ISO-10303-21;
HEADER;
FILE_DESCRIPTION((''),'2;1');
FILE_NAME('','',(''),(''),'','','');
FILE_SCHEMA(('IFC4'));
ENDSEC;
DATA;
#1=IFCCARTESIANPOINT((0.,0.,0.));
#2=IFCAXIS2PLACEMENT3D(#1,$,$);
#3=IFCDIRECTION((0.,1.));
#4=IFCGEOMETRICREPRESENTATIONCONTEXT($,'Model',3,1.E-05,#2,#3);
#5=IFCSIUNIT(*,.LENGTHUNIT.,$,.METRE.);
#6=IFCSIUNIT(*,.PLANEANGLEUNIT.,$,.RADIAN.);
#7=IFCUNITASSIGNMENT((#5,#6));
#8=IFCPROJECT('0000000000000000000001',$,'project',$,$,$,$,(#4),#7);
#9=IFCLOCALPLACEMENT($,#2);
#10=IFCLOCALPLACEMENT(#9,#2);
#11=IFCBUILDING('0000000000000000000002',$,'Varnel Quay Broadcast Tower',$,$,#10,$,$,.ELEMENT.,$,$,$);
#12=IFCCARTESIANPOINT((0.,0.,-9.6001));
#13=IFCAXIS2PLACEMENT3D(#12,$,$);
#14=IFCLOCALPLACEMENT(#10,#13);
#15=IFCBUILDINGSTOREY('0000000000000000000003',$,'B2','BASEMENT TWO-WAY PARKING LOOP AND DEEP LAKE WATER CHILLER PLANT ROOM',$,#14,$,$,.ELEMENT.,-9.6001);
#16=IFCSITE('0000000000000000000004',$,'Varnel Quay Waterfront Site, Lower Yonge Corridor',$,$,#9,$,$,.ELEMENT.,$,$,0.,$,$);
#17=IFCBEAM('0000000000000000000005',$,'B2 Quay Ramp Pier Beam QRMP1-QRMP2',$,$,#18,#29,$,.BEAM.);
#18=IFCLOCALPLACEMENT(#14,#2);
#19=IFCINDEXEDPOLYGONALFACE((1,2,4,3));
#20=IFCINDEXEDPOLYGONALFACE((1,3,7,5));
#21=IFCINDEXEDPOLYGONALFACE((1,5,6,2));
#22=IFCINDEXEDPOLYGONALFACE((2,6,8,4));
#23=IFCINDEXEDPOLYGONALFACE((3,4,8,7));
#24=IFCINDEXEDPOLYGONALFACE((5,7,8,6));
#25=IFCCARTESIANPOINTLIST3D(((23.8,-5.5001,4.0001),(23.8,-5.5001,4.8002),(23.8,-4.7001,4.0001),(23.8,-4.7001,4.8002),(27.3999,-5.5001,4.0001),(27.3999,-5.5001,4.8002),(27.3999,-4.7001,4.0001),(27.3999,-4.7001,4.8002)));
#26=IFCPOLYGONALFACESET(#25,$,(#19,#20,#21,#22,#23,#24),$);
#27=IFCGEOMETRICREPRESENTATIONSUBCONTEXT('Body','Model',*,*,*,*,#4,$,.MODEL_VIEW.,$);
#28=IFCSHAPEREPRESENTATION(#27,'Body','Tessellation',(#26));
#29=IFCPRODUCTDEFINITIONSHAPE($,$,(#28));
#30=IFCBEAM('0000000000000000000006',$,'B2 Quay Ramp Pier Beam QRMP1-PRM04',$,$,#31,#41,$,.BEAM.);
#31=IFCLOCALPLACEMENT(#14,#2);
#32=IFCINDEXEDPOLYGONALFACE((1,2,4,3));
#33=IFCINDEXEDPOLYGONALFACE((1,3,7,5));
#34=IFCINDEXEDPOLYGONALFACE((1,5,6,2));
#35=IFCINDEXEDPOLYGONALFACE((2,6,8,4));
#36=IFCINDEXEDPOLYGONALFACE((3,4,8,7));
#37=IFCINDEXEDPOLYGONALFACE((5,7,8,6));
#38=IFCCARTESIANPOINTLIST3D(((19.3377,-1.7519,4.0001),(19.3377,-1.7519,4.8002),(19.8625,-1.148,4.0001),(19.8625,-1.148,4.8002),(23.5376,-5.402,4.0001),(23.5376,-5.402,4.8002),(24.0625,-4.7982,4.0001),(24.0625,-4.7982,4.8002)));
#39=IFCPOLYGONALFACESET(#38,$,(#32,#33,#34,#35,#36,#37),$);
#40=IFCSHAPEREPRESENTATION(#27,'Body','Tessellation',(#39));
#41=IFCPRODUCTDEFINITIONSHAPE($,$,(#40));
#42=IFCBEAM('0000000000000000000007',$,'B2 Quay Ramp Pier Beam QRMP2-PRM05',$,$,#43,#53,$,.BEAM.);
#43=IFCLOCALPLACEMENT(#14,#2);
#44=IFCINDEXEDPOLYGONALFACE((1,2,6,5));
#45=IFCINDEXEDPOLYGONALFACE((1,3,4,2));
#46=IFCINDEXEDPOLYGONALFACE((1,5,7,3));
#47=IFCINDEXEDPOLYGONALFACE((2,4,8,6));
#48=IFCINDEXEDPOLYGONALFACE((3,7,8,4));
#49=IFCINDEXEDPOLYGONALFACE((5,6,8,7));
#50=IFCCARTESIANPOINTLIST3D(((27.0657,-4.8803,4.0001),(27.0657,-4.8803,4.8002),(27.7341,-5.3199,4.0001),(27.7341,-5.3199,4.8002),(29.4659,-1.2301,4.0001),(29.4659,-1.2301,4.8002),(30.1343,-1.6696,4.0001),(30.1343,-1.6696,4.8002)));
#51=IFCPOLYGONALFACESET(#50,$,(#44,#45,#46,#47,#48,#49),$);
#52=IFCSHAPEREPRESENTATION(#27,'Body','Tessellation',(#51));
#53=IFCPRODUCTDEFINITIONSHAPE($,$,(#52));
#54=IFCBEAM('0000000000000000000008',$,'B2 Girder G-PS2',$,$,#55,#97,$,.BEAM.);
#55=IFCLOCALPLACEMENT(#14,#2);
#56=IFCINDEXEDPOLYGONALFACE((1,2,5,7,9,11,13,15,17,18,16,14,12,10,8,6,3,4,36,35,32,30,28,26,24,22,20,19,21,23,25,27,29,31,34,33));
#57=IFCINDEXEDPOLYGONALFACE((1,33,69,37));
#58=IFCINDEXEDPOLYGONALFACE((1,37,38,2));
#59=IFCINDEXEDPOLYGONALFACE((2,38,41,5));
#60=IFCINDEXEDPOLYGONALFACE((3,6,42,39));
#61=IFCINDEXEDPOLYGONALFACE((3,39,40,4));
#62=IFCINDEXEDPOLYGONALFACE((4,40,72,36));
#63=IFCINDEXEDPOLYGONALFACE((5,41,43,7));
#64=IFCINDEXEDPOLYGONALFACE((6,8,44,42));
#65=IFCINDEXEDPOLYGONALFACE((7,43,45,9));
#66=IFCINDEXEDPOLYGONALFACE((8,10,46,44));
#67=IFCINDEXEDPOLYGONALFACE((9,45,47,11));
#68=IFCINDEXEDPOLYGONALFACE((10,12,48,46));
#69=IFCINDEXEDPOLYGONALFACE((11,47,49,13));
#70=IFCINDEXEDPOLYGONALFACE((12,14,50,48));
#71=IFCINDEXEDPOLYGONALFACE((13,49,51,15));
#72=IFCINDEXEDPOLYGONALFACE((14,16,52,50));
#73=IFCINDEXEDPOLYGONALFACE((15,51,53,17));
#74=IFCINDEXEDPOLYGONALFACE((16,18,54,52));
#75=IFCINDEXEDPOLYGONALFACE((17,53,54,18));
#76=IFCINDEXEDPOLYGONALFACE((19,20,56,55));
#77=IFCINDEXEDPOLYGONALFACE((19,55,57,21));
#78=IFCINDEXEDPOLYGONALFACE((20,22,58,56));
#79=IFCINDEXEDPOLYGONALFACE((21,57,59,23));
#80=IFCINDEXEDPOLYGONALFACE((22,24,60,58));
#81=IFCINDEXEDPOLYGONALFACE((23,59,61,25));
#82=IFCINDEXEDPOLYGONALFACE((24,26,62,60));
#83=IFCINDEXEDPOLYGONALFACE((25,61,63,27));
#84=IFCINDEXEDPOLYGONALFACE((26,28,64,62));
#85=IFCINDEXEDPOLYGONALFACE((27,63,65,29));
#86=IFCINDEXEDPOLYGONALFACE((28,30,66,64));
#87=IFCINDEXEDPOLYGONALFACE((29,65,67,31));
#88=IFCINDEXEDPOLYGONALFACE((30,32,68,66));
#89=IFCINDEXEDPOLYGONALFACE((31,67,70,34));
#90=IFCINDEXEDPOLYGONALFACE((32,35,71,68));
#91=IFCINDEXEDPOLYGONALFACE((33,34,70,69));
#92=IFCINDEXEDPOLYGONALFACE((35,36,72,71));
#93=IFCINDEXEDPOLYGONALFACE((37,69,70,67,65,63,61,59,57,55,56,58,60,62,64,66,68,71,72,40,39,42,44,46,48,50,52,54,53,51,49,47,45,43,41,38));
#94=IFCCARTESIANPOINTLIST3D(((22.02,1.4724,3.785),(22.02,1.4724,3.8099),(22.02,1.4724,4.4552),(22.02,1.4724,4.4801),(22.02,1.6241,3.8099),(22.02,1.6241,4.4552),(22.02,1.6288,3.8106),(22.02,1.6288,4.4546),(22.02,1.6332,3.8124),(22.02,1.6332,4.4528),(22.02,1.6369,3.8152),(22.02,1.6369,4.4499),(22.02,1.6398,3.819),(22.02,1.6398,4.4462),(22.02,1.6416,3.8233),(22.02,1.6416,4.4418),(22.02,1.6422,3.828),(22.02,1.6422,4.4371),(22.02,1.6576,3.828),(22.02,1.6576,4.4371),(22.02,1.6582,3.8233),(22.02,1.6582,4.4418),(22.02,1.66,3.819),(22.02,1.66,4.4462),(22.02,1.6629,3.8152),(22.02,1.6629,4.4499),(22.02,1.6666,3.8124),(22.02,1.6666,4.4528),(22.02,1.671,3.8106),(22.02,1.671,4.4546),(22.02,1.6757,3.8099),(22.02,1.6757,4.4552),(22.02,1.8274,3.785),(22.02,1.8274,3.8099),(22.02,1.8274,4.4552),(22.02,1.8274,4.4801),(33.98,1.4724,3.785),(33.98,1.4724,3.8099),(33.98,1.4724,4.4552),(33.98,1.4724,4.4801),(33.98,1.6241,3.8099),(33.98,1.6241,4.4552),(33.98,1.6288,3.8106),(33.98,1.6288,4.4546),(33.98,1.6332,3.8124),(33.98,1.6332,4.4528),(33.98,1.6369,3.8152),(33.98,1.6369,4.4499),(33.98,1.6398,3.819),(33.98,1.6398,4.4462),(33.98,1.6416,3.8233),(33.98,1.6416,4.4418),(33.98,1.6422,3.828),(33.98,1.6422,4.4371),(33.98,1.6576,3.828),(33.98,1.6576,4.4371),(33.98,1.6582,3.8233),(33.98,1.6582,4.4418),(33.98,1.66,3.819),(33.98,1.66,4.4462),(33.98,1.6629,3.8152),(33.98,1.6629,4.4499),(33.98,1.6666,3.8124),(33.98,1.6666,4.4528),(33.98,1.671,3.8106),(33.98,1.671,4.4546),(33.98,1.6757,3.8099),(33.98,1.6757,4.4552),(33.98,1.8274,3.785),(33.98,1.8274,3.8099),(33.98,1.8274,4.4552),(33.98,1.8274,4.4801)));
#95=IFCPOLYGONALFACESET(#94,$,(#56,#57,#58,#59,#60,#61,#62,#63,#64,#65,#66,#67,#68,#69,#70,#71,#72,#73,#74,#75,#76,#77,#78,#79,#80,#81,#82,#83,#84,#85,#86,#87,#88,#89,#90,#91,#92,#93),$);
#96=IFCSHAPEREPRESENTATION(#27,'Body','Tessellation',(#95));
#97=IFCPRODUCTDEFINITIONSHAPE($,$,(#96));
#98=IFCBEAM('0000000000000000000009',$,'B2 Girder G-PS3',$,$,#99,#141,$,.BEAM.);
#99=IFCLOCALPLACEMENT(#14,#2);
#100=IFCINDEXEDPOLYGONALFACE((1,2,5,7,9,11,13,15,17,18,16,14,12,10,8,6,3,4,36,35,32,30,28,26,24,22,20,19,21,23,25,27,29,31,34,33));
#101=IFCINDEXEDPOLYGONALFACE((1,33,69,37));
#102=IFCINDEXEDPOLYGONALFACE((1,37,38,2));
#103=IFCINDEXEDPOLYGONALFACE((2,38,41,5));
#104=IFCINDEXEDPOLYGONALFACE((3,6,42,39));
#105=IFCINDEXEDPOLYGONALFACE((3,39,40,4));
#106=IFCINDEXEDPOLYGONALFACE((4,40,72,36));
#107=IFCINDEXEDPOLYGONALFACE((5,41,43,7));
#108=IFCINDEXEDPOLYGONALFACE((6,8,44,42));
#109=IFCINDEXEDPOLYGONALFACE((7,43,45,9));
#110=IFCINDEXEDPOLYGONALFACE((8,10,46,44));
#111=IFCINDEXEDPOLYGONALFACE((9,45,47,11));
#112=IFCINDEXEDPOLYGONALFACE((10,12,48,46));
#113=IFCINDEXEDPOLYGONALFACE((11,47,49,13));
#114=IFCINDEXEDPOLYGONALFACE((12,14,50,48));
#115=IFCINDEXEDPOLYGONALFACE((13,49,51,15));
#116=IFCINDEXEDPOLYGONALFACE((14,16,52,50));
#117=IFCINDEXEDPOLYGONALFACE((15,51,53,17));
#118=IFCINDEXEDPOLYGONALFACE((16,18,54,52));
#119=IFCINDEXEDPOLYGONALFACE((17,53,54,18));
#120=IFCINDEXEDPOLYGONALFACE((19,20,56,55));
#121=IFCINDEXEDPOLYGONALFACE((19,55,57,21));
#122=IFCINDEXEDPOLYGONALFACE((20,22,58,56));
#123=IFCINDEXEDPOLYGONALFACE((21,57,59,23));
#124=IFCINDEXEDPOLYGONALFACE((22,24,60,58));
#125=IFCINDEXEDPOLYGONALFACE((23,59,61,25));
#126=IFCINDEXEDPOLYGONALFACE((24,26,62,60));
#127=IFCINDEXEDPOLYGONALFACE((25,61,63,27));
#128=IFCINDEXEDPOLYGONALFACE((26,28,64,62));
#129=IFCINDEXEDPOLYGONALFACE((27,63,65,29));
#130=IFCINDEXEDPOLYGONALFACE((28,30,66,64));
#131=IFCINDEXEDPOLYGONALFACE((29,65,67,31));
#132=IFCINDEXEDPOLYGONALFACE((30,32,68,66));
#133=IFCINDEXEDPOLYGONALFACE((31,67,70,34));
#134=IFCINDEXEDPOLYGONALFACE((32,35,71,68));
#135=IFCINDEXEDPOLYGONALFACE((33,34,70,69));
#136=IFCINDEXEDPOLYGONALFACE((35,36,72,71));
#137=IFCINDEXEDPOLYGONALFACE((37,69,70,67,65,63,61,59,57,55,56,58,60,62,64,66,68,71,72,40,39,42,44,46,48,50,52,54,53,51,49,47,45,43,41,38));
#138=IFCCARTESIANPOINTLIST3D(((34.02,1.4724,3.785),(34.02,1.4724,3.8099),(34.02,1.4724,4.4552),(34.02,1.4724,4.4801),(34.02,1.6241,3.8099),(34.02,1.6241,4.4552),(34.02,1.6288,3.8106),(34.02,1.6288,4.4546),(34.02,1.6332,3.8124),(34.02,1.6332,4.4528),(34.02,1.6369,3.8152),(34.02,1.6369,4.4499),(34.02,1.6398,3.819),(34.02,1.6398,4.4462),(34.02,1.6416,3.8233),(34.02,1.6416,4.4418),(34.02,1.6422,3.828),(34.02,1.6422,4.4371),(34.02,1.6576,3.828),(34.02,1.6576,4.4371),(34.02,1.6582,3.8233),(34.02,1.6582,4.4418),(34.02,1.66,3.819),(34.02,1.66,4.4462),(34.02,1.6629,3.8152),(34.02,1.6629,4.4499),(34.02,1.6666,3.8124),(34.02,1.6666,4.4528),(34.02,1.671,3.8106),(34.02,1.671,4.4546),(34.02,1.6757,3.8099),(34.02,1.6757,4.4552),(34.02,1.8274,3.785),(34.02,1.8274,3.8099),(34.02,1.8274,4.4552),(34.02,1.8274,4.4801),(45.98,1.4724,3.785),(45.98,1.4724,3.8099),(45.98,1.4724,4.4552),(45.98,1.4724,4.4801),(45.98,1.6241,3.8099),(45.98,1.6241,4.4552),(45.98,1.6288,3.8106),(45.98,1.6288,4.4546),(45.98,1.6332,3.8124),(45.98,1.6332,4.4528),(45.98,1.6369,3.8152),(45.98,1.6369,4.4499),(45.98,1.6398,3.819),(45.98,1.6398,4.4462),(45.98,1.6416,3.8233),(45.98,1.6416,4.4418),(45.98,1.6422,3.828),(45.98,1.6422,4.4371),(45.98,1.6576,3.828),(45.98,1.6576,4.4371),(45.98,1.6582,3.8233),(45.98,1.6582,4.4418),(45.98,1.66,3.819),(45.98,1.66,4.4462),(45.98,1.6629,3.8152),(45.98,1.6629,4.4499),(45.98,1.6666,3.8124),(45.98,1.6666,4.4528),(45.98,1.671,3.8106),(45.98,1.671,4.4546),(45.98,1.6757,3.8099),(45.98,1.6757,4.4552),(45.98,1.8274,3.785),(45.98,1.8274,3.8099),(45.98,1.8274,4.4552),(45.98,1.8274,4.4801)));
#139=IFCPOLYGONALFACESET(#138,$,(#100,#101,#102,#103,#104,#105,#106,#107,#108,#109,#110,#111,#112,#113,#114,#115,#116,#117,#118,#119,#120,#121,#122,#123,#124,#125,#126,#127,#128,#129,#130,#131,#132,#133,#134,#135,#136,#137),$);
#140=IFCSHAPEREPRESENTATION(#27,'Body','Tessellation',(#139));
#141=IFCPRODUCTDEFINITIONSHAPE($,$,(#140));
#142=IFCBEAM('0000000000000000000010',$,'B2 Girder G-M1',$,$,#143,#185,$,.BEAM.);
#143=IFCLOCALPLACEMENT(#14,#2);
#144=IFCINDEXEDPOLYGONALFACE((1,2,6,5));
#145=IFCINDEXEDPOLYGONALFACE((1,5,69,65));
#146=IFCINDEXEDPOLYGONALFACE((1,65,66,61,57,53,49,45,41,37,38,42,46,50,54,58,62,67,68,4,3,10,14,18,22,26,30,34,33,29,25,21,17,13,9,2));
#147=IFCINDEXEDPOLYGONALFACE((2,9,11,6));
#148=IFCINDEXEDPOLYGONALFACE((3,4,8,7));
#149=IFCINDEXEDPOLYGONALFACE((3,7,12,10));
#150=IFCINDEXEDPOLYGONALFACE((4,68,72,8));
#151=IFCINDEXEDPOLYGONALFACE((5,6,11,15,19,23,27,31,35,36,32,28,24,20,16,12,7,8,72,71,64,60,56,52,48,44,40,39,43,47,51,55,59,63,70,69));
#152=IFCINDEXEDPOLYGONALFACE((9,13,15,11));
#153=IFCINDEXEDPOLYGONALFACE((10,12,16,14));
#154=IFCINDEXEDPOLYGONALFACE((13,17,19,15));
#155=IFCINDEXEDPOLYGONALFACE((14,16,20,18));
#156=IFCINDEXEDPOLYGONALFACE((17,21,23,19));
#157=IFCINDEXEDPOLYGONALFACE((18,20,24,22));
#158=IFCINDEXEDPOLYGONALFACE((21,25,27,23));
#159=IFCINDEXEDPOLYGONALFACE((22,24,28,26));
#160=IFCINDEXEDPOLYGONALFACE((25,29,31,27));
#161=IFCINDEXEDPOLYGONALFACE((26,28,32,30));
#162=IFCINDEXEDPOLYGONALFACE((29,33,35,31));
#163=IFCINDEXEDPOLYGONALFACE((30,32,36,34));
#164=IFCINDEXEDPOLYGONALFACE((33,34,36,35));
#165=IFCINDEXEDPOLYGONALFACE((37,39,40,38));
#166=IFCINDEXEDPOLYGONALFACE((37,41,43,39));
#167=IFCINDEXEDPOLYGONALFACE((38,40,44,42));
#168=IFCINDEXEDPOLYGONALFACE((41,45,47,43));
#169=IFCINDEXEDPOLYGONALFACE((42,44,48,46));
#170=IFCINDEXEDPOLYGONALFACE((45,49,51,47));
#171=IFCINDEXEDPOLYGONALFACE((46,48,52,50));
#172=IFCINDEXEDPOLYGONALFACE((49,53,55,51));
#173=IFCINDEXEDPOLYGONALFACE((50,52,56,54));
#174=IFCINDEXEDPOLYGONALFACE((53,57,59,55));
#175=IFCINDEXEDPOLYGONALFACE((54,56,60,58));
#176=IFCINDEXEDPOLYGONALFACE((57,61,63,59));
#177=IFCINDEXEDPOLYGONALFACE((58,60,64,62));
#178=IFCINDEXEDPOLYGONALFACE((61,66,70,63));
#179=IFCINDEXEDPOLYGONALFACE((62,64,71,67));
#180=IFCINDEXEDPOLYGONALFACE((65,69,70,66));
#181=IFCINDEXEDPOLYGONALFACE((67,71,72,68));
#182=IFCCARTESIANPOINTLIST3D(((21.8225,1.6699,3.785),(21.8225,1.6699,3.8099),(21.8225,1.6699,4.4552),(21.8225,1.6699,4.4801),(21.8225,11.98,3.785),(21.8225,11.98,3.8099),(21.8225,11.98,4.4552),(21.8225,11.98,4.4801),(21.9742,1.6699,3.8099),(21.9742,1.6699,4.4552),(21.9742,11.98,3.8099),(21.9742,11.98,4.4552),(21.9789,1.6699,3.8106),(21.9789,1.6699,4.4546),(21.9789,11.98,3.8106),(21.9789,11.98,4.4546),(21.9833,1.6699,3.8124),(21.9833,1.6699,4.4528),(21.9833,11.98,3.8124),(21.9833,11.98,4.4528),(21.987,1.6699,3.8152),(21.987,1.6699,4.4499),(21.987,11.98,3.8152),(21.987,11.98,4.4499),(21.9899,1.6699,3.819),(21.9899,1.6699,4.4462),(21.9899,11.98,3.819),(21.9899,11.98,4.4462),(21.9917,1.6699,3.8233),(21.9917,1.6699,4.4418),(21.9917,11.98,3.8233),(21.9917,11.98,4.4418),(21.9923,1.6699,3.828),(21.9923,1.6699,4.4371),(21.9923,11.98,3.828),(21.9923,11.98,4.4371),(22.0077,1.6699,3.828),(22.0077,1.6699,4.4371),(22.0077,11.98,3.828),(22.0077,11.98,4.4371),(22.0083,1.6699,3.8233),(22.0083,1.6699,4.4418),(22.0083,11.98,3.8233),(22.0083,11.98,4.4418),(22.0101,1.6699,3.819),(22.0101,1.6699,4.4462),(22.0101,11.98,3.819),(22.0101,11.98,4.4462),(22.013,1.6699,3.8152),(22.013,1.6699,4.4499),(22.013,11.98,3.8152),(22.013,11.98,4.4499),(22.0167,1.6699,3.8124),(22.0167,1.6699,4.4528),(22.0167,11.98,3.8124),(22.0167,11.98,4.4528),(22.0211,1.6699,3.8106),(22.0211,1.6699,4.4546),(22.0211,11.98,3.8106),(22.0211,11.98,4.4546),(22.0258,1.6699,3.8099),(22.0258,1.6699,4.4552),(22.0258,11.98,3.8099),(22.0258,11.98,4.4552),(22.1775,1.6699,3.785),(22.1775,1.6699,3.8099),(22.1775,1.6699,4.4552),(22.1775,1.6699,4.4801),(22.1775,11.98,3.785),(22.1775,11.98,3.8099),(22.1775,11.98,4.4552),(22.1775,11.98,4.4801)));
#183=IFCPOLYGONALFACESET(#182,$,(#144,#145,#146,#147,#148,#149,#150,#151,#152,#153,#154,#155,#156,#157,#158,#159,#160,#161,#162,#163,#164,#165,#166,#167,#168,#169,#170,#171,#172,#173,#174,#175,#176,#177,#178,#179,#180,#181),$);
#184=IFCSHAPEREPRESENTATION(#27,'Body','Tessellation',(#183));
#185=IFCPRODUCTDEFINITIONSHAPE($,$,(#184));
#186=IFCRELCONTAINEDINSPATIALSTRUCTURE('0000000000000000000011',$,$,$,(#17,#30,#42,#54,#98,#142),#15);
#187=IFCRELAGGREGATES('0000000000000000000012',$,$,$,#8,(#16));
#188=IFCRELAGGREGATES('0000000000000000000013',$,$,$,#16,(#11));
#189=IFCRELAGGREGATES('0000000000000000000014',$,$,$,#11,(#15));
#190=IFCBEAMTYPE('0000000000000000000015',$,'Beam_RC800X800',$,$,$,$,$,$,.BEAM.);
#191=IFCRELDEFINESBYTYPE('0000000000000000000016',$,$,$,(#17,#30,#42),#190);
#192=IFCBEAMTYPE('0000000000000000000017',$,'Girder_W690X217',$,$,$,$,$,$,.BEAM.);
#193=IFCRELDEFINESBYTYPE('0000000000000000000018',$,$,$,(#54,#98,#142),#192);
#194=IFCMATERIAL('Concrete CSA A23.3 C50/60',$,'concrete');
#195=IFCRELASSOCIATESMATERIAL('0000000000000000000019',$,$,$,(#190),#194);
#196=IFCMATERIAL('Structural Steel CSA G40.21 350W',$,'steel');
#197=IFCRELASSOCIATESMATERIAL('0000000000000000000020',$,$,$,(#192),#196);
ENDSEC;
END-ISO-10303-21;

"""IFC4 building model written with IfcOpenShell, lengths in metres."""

from ifc_helpers import new_model, si_unit, direction, frame, origin, origin_2d, place, context, subcontext, project, spatial, rectangle, i_section, extrude, source, transform, mapped, material, material_profile, profile_set, type_object, type_shapes, element, save


model = new_model("IFC4")

# Units and contexts
model_context = context("Model", 3, precision=1e-05, world=origin(), true_north=direction((0.0, 1.0)))
body_context = subcontext(model_context, "Body", "Model", "MODEL_VIEW")
ifc_project = project(units=[si_unit("LENGTHUNIT", "METRE"), si_unit("PLANEANGLEUNIT", "RADIAN")], contexts=[model_context])

# Site, building, storey
site_placement = place(None, origin())
site = spatial("IfcSite", under=ifc_project, at=site_placement, Name="Varnel Quay Waterfront Site, Lower Yonge Corridor", CompositionType="ELEMENT", RefElevation=0.0)
building_placement = place(site_placement, origin())
building = spatial("IfcBuilding", under=site, at=building_placement, Name="Varnel Quay Broadcast Tower", CompositionType="ELEMENT")
storey_placement = place(building_placement, frame((0.0, 0.0, -9.6001)))
storey = spatial("IfcBuildingStorey", under=building, at=storey_placement, Name="B2", Description="BASEMENT TWO-WAY PARKING LOOP AND DEEP LAKE WATER CHILLER PLANT ROOM", CompositionType="ELEMENT", Elevation=-9.6001)

# Shared definitions
ifc_material_1 = material(Name="Concrete CSA A23.3 C50/60", Category="concrete")

# Beams
ifc_material_profile_1 = material_profile(ifc_material_1, rectangle(XDim=0.8, YDim=0.8, at=origin_2d()), Name="RC800X800")
ifc_profile_set_1 = profile_set([ifc_material_profile_1], Name="Concrete CSA A23.3 C50/60")
beam_type_1 = type_object("IfcBeamType", Name="Beam_RC800X800", PredefinedType="BEAM", material=ifc_profile_set_1)
shared_shape_1 = source(origin(), body_context, "Body", "SweptSolid", [
    extrude(rectangle(XDim=0.8, YDim=0.8, at=origin_2d()), origin(), (0.0, 0.0, 1.0), 3.5999),
])
beam_1_placement = place(storey_placement, frame((23.8, -5.1001, 4.4001), z_axis=(1.0, 0.0, 0.0), x_axis=(0.0, 1.0, 0.0)))
element("IfcBeam", 1, at=beam_1_placement, inside=storey, type_object=beam_type_1, Name="B2 Quay Ramp Pier Beam QRMP1-QRMP2", PredefinedType="BEAM", context=body_context, shape_type="MappedRepresentation", body=[
    mapped(shared_shape_1, transform((0.0, 0.0, 0.0), x_axis=(1.0, 0.0, 0.0), y_axis=(0.0, 1.0, 0.0), z_axis=(0.0, 0.0, 1.0), scale=1.0)),
])
shared_shape_2 = source(origin(), body_context, "Body", "SweptSolid", [
    extrude(rectangle(XDim=0.8, YDim=0.8, at=origin_2d()), origin(), (0.0, 0.0, 1.0), 5.5645),
])
beam_2_placement = place(storey_placement, frame((23.8, -5.1001, 4.4001), z_axis=(-0.754782, 0.655976, 0.0), x_axis=(-0.655976, -0.754782, 0.0)))
element("IfcBeam", 2, at=beam_2_placement, inside=storey, type_object=beam_type_1, Name="B2 Quay Ramp Pier Beam QRMP1-PRM04", PredefinedType="BEAM", context=body_context, shape_type="MappedRepresentation", body=[
    mapped(shared_shape_2, transform((0.0, 0.0, 0.0), x_axis=(1.0, 0.0, 0.0), y_axis=(0.0, 1.0, 0.0), z_axis=(0.0, 0.0, 1.0), scale=1.0)),
])
shared_shape_3 = source(origin(), body_context, "Body", "SweptSolid", [
    extrude(rectangle(XDim=0.8, YDim=0.8, at=origin_2d()), origin(), (0.0, 0.0, 1.0), 4.3687),
])
beam_3_placement = place(storey_placement, frame((27.3999, -5.1001, 4.4001), z_axis=(0.549414, 0.83555, 0.0), x_axis=(-0.83555, 0.549414, 0.0)))
element("IfcBeam", 3, at=beam_3_placement, inside=storey, type_object=beam_type_1, Name="B2 Quay Ramp Pier Beam QRMP2-PRM05", PredefinedType="BEAM", context=body_context, shape_type="MappedRepresentation", body=[
    mapped(shared_shape_3, transform((0.0, 0.0, 0.0), x_axis=(1.0, 0.0, 0.0), y_axis=(0.0, 1.0, 0.0), z_axis=(0.0, 0.0, 1.0), scale=1.0)),
])
ifc_material_2 = material(Name="Structural Steel CSA G40.21 350W", Category="steel")
ifc_material_profile_2 = material_profile(ifc_material_2, i_section(OverallWidth=0.355, OverallDepth=0.6951, WebThickness=0.0154, FlangeThickness=0.0249, FilletRadius=0.0181, at=origin_2d()), Name="W690X217")
ifc_profile_set_2 = profile_set([ifc_material_profile_2], Name="Structural Steel CSA G40.21 350W")
beam_type_2 = type_object("IfcBeamType", Name="Girder_W690X217", PredefinedType="BEAM", material=ifc_profile_set_2)
shared_shape_4 = source(origin(), body_context, "Body", "SweptSolid", [
    extrude(i_section(OverallWidth=0.355, OverallDepth=0.6951, WebThickness=0.0154, FlangeThickness=0.0249, FilletRadius=0.0181, at=origin_2d()), origin(), (0.0, 0.0, 1.0), 11.96),
])
for number, where, z_axis, x_axis, name in (
    (4, (22.02, 1.6499, 4.1326), (1.0, 0.0, 0.0), (0.0, 1.0, 0.0), "B2 Girder G-PS2"),
    (5, (34.02, 1.6499, 4.1326), (1.0, 0.0, 0.0), (0.0, 1.0, 0.0), "B2 Girder G-PS3"),
):
    element("IfcBeam", number, at=place(storey_placement, frame(where, z_axis=z_axis, x_axis=x_axis)), inside=storey, type_object=beam_type_2, Name=name, PredefinedType="BEAM", context=body_context, shape_type="MappedRepresentation", body=[
        mapped(shared_shape_4, transform((0.0, 0.0, 0.0), x_axis=(1.0, 0.0, 0.0), y_axis=(0.0, 1.0, 0.0), z_axis=(0.0, 0.0, 1.0), scale=1.0)),
    ])
shared_shape_5 = source(origin(), body_context, "Body", "SweptSolid", [
    extrude(i_section(OverallWidth=0.355, OverallDepth=0.6951, WebThickness=0.0154, FlangeThickness=0.0249, FilletRadius=0.0181, at=origin_2d()), origin(), (0.0, 0.0, 1.0), 10.3101),
])
type_shapes(beam_type_2, [shared_shape_4, shared_shape_5])
for number, where, z_axis, x_axis, name in (
    (6, (22.0, 1.6699, 4.1326), (0.0, 1.0, 0.0), (-1.0, 0.0, 0.0), "B2 Girder G-M1"),
):
    element("IfcBeam", number, at=place(storey_placement, frame(where, z_axis=z_axis, x_axis=x_axis)), inside=storey, type_object=beam_type_2, Name=name, PredefinedType="BEAM", context=body_context, shape_type="MappedRepresentation", body=[
        mapped(shared_shape_5, transform((0.0, 0.0, 0.0), x_axis=(1.0, 0.0, 0.0), y_axis=(0.0, 1.0, 0.0), z_axis=(0.0, 0.0, 1.0), scale=1.0)),
    ])

save(model, "model.ifc")
